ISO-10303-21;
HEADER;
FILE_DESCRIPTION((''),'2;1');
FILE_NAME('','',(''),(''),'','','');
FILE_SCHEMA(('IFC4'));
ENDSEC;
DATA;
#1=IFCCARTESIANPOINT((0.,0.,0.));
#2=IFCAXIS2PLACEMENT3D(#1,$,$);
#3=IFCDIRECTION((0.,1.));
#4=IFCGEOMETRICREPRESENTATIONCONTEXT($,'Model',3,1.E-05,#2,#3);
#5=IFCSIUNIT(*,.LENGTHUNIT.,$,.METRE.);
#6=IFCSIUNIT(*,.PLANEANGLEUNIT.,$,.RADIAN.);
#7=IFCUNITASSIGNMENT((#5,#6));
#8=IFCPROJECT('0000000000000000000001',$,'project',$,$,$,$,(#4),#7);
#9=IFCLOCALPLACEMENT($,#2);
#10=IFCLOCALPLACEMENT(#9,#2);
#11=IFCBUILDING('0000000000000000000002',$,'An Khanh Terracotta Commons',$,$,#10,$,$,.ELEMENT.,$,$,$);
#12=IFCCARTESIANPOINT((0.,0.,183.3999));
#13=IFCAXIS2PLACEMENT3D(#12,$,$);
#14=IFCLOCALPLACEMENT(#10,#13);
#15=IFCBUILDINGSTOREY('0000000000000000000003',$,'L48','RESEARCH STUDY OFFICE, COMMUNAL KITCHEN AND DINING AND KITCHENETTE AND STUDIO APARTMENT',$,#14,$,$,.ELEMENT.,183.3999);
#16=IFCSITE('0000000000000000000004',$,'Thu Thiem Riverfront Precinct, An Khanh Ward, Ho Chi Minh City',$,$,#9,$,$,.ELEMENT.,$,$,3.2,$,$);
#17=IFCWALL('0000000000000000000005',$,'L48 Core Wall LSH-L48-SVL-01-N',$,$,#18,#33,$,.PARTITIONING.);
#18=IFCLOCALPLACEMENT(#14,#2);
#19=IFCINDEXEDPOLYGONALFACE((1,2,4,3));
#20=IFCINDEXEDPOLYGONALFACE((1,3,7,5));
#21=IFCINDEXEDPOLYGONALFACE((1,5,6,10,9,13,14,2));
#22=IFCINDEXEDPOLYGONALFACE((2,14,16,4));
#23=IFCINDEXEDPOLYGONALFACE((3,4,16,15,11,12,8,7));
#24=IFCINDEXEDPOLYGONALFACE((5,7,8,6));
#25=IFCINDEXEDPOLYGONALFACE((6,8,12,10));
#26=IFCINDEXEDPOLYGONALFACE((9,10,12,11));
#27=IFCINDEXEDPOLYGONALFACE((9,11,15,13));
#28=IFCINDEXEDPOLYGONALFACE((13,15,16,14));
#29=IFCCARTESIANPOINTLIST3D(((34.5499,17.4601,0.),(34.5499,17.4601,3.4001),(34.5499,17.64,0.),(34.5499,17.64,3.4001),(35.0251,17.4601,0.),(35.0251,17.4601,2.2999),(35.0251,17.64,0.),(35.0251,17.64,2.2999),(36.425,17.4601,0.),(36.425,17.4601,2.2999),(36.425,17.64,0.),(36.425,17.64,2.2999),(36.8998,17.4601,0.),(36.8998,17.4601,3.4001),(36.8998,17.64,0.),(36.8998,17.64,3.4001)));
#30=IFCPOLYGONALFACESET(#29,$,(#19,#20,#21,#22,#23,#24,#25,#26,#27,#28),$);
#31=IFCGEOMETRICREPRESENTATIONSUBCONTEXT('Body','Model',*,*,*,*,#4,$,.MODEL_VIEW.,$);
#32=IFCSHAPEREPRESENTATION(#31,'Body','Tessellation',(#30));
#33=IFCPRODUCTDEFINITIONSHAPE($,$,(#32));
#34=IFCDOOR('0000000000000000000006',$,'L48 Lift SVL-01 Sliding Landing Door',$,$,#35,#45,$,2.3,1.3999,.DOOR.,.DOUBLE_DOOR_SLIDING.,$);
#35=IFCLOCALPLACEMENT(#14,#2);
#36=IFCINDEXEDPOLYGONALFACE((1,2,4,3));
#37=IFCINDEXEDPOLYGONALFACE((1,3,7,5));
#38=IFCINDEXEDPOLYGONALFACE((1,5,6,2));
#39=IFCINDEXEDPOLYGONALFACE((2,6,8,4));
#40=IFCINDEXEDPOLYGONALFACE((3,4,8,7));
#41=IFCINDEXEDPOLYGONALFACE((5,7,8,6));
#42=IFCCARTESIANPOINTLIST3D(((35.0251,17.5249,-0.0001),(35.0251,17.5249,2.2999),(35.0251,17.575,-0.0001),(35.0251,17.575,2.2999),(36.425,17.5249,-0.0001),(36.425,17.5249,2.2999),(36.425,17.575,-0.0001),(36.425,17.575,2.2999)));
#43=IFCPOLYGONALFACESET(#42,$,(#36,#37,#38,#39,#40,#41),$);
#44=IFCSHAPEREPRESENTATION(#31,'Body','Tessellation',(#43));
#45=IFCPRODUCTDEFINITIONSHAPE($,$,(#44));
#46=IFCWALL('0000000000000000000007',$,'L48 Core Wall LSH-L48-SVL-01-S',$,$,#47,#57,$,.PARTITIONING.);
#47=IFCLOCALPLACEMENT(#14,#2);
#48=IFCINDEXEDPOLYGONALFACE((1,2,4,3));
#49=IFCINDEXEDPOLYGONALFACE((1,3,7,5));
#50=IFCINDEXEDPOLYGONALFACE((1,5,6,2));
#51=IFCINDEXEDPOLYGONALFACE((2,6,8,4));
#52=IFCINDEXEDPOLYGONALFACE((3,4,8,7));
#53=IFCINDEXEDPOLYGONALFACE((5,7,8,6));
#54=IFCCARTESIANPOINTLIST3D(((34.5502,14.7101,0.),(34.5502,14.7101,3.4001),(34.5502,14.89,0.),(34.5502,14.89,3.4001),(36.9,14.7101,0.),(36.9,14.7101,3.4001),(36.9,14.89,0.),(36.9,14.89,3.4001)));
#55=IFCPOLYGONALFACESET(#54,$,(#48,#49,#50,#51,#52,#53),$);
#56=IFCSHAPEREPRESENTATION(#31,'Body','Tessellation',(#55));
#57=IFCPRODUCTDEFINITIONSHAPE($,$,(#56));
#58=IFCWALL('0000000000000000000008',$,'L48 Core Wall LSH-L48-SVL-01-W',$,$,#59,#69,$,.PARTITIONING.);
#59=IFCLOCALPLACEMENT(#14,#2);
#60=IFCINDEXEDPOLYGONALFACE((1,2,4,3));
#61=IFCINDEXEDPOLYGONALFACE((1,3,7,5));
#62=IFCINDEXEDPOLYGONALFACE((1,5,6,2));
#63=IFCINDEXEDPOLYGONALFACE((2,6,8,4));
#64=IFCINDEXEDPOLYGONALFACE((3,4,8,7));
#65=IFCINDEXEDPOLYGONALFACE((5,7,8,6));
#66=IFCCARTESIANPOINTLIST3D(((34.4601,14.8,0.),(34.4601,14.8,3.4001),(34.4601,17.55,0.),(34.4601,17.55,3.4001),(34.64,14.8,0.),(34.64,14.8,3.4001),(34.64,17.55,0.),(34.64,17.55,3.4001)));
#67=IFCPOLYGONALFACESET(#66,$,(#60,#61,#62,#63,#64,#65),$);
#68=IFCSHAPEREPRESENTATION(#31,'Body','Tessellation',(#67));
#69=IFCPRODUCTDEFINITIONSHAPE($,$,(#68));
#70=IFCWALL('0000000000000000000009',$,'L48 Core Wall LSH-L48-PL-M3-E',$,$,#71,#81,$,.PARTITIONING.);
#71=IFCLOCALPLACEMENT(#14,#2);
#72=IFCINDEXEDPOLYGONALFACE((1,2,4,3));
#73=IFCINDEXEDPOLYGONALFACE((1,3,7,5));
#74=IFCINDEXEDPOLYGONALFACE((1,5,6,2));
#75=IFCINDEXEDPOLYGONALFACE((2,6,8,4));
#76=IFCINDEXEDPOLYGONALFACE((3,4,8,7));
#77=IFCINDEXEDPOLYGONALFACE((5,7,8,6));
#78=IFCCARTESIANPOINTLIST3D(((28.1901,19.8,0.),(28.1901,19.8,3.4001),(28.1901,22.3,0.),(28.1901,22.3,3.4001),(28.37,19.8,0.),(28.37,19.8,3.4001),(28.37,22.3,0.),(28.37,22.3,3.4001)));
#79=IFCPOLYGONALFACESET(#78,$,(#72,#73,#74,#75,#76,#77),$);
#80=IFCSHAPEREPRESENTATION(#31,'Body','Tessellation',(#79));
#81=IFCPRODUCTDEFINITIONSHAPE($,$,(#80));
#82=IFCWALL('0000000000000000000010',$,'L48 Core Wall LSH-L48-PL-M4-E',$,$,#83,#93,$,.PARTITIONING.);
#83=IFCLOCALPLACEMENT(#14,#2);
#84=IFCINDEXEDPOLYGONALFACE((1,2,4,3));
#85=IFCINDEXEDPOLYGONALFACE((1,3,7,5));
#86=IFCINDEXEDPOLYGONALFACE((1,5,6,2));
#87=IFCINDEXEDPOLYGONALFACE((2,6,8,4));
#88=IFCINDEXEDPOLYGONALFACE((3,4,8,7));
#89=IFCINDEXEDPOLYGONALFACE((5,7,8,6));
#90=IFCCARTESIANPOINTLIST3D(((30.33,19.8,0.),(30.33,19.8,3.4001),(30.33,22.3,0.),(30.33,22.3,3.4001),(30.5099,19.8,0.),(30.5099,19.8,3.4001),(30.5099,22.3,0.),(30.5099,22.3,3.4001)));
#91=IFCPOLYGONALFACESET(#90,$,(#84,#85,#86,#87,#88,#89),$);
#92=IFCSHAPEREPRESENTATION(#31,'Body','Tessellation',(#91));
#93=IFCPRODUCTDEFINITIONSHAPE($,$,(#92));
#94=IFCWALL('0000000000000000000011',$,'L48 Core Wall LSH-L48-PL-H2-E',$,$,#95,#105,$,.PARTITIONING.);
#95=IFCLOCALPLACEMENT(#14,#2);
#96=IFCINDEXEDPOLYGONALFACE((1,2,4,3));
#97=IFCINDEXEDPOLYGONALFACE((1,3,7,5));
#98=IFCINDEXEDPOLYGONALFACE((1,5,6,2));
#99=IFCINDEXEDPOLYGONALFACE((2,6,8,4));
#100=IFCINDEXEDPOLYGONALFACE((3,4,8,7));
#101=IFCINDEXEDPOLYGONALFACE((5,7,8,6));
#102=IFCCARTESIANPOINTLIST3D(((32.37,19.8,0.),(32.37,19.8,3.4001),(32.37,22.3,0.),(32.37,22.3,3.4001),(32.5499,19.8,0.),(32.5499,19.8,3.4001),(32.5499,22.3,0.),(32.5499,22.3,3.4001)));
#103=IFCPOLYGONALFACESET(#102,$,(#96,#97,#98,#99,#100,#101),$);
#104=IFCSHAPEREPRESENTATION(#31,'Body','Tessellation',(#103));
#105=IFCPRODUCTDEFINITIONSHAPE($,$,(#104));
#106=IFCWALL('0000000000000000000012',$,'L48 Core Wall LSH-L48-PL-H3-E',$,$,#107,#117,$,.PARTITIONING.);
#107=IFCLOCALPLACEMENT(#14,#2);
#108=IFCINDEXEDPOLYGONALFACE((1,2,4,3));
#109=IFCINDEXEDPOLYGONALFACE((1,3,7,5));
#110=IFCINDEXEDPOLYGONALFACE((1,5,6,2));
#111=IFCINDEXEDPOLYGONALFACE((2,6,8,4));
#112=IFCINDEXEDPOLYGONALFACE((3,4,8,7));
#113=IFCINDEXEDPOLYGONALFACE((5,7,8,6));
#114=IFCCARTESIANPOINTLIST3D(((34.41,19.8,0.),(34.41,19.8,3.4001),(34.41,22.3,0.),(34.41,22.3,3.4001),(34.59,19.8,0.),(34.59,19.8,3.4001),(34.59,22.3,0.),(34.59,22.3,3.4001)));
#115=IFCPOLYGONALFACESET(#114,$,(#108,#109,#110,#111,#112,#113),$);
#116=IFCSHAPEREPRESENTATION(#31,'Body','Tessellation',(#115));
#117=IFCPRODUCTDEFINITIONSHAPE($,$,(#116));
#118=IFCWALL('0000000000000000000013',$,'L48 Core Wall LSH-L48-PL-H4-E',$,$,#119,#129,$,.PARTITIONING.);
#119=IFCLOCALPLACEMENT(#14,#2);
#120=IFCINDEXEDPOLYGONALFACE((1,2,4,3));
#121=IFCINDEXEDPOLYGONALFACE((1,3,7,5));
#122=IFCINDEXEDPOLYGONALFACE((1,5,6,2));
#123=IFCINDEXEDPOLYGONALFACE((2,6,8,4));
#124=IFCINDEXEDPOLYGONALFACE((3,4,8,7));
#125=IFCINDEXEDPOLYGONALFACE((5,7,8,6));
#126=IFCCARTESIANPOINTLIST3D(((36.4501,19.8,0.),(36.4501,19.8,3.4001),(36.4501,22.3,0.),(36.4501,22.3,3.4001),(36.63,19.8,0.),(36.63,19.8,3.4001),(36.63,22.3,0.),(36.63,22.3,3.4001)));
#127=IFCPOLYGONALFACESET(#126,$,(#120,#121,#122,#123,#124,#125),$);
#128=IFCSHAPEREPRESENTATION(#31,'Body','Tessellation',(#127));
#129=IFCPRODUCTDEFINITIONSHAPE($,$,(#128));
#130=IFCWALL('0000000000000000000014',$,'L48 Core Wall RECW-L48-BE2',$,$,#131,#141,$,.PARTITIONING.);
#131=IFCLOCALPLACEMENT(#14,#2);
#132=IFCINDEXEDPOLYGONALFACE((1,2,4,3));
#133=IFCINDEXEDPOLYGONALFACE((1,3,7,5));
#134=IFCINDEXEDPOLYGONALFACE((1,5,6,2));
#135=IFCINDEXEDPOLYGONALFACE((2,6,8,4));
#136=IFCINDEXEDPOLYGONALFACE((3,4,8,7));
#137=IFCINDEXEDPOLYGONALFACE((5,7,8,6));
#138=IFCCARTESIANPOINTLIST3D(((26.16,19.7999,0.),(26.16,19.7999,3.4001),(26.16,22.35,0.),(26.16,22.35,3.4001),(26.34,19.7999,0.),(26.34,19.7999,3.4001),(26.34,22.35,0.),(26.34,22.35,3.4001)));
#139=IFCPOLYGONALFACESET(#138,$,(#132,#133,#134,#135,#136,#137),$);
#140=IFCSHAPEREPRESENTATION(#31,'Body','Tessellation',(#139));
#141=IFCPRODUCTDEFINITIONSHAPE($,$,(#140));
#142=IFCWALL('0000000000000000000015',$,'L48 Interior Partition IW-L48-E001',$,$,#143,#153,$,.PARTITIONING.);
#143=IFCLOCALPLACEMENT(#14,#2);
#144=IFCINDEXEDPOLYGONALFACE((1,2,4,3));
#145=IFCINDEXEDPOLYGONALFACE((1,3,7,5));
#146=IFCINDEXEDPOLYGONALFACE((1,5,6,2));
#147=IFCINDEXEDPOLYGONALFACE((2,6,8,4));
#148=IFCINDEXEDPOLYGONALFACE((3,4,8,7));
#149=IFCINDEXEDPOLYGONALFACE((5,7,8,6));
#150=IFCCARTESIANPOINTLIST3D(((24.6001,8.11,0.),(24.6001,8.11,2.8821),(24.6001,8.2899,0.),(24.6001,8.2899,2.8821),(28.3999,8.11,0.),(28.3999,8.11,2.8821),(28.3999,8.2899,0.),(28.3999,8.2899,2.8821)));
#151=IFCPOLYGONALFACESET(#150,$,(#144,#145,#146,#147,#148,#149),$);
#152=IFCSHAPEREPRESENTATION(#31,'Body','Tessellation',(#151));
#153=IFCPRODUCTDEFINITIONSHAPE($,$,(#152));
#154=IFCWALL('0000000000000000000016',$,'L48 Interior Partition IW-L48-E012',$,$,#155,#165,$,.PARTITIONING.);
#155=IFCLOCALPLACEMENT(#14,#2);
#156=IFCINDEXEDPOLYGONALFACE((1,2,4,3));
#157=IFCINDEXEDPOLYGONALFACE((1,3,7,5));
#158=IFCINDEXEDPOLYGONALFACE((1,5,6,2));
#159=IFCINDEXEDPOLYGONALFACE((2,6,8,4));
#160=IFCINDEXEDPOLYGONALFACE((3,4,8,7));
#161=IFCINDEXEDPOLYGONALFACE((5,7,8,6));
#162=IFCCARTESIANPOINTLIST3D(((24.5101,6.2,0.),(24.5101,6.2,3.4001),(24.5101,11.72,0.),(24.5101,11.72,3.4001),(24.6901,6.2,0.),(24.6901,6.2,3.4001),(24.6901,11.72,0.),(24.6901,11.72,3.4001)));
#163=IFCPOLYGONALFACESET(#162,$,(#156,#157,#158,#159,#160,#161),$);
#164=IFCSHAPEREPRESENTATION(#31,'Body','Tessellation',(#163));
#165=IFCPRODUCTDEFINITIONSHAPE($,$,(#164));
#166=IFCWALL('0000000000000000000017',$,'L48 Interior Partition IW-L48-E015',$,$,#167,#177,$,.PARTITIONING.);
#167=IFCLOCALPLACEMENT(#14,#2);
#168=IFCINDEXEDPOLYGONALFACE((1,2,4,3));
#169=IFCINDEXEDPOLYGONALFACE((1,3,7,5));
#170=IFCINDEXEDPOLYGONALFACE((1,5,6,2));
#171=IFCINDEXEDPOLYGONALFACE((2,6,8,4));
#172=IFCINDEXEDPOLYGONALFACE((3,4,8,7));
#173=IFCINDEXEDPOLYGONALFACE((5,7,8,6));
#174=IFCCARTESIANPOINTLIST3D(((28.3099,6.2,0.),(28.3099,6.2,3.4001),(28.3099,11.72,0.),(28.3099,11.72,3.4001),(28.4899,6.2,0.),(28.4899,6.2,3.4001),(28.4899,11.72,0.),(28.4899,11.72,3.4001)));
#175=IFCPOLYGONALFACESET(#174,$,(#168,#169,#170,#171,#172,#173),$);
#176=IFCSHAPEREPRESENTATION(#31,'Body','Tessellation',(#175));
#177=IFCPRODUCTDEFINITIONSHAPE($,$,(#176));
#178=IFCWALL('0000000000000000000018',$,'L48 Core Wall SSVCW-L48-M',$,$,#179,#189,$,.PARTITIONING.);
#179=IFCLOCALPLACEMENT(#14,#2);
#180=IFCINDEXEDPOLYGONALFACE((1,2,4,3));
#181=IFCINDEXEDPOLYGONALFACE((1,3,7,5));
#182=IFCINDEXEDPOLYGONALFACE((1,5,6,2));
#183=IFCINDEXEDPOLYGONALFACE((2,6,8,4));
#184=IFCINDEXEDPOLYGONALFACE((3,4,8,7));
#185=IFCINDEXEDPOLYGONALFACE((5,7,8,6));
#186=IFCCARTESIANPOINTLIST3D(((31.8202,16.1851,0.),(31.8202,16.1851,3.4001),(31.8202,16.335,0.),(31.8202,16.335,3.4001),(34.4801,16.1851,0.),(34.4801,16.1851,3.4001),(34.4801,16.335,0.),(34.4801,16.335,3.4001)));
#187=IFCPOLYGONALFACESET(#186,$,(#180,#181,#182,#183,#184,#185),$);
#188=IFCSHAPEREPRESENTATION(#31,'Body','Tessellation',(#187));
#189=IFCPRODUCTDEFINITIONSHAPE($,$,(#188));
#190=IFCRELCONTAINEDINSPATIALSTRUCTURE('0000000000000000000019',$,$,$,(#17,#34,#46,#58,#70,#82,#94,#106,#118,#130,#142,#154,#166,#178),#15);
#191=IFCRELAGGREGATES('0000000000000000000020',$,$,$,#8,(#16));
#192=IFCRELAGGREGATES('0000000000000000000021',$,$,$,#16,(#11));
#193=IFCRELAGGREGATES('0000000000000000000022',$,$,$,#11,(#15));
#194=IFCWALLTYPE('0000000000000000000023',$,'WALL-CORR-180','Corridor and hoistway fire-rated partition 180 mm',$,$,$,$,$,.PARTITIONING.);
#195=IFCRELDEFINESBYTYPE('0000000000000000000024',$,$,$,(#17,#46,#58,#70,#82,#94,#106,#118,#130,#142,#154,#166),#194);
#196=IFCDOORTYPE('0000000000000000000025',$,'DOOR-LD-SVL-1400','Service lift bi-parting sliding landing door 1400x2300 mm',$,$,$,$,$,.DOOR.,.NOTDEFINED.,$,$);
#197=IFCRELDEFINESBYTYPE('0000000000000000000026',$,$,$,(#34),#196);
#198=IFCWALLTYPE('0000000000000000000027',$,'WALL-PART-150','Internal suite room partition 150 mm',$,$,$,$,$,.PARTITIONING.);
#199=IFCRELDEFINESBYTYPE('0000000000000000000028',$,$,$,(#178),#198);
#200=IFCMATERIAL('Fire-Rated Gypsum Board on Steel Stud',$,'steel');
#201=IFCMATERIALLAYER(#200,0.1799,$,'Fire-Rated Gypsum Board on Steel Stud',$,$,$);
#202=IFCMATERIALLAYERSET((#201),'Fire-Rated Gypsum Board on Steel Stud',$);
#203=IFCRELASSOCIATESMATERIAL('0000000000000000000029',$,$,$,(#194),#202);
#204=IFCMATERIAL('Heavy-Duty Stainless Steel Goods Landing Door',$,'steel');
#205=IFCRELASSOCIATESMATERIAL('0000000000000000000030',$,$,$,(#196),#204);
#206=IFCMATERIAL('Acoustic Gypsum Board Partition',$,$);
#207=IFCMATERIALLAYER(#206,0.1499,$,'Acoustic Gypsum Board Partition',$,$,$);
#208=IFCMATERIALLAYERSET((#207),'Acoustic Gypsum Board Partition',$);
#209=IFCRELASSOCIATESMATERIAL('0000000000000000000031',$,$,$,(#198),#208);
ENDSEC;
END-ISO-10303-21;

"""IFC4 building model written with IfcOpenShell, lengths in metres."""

from ifc_helpers import new_model, si_unit, direction, frame, frame_2d, origin, place, context, subcontext, project, spatial, rectangle, extrude, material, layer, layer_set, type_object, element, fill, save


model = new_model("IFC4")

# Units and contexts
model_context = context("Model", 3, precision=1e-05, world=origin(), true_north=direction((0.0, 1.0)))
body_context = subcontext(model_context, "Body", "Model", "MODEL_VIEW")
ifc_project = project(units=[si_unit("LENGTHUNIT", "METRE"), si_unit("PLANEANGLEUNIT", "RADIAN")], contexts=[model_context])

# Site, building, storey
site_placement = place(None, origin())
site = spatial("IfcSite", under=ifc_project, at=site_placement, Name="Thu Thiem Riverfront Precinct, An Khanh Ward, Ho Chi Minh City", CompositionType="ELEMENT", RefElevation=3.2)
building_placement = place(site_placement, origin())
building = spatial("IfcBuilding", under=site, at=building_placement, Name="An Khanh Terracotta Commons", CompositionType="ELEMENT")
storey_placement = place(building_placement, frame((0.0, 0.0, 183.3999)))
storey = spatial("IfcBuildingStorey", under=building, at=storey_placement, Name="L48", Description="RESEARCH STUDY OFFICE, COMMUNAL KITCHEN AND DINING AND KITCHENETTE AND STUDIO APARTMENT", CompositionType="ELEMENT", Elevation=183.3999)

# Wall, opening, door
ifc_material_1 = material(Name="Fire-Rated Gypsum Board on Steel Stud", Category="steel")
ifc_layer_1 = layer(ifc_material_1, 0.1799, Name="Fire-Rated Gypsum Board on Steel Stud")
ifc_layer_set_1 = layer_set([ifc_layer_1], Name="Fire-Rated Gypsum Board on Steel Stud")
wall_type_1 = type_object("IfcWallType", Name="WALL-CORR-180", Description="Corridor and hoistway fire-rated partition 180 mm", PredefinedType="PARTITIONING", material=ifc_layer_set_1)
wall_1_placement = place(storey_placement, frame((34.55, 17.55, 0.0), z_axis=(0.0, 0.0, 1.0), x_axis=(1.0, 0.0, 0.0)))
wall_1 = element("IfcWall", 1, at=wall_1_placement, inside=storey, type_object=wall_type_1, Name="L48 Core Wall LSH-L48-SVL-01-N", PredefinedType="PARTITIONING", context=body_context, shape_type="SweptSolid", body=[
    extrude(rectangle(XDim=2.3499, YDim=0.1799, at=frame_2d((1.1748, 0.0))), origin(), (0.0, 0.0, 1.0), 3.4001),
])
opening_1_placement = place(wall_1_placement, frame((0.4751, 0.0, 0.0)))
opening_1 = element("IfcOpeningElement", 2, at=opening_1_placement, cuts=wall_1, PredefinedType="OPENING", context=body_context, shape_type="SweptSolid", body=[
    extrude(rectangle(XDim=1.3999, YDim=2.3, at=frame_2d((0.7, 1.1499))), frame((0.0, 0.0999, 0.0), z_axis=(0.0, -1.0, 0.0), x_axis=(1.0, 0.0, 0.0)), (0.0, 0.0, 1.0), 0.2),
])
ifc_material_2 = material(Name="Heavy-Duty Stainless Steel Goods Landing Door", Category="steel")
door_type_1 = type_object("IfcDoorType", Name="DOOR-LD-SVL-1400", Description="Service lift bi-parting sliding landing door 1400x2300 mm", OperationType="NOTDEFINED", PredefinedType="DOOR", material=ifc_material_2)
door_1_placement = place(opening_1_placement, origin())
door_1 = element("IfcDoor", 3, at=door_1_placement, inside=storey, type_object=door_type_1, Name="L48 Lift SVL-01 Sliding Landing Door", OperationType="DOUBLE_DOOR_SLIDING", OverallHeight=2.3, OverallWidth=1.3999, PredefinedType="DOOR", context=body_context, shape_type="SweptSolid", body=[
    extrude(rectangle(XDim=1.3999, YDim=2.3, at=frame_2d((0.7, 1.1499))), frame((0.0, 0.0249, 0.0), z_axis=(0.0, -1.0, 0.0), x_axis=(1.0, 0.0, 0.0)), (0.0, 0.0, 1.0), 0.05),
])
fill(opening_1, door_1)

# Walls
wall_2_placement = place(storey_placement, frame((36.8999, 14.8, 0.0), z_axis=(0.0, 0.0, 1.0), x_axis=(-1.0, 0.0, 0.0)))
element("IfcWall", 4, at=wall_2_placement, inside=storey, type_object=wall_type_1, Name="L48 Core Wall LSH-L48-SVL-01-S", PredefinedType="PARTITIONING", context=body_context, shape_type="SweptSolid", body=[
    extrude(rectangle(XDim=2.3499, YDim=0.1799, at=frame_2d((1.1748, 0.0))), origin(), (0.0, 0.0, 1.0), 3.4001),
])
wall_3_placement = place(storey_placement, frame((34.55, 17.55, 0.0), z_axis=(0.0, 0.0, 1.0), x_axis=(0.0, -1.0, 0.0)))
element("IfcWall", 5, at=wall_3_placement, inside=storey, type_object=wall_type_1, Name="L48 Core Wall LSH-L48-SVL-01-W", PredefinedType="PARTITIONING", context=body_context, shape_type="SweptSolid", body=[
    extrude(rectangle(XDim=2.75, YDim=0.1799, at=frame_2d((1.375, 0.0))), origin(), (0.0, 0.0, 1.0), 3.4001),
])
for number, where, z_axis, x_axis, name in (
    (6, (28.28, 19.8, 0.0), (0.0, 0.0, 1.0), (0.0, 1.0, 0.0), "L48 Core Wall LSH-L48-PL-M3-E"),
    (7, (30.4199, 19.8, 0.0), (0.0, 0.0, 1.0), (0.0, 1.0, 0.0), "L48 Core Wall LSH-L48-PL-M4-E"),
    (8, (32.46, 19.8, 0.0), (0.0, 0.0, 1.0), (0.0, 1.0, 0.0), "L48 Core Wall LSH-L48-PL-H2-E"),
    (9, (34.5, 19.8, 0.0), (0.0, 0.0, 1.0), (0.0, 1.0, 0.0), "L48 Core Wall LSH-L48-PL-H3-E"),
    (10, (36.54, 19.8, 0.0), (0.0, 0.0, 1.0), (0.0, 1.0, 0.0), "L48 Core Wall LSH-L48-PL-H4-E"),
):
    element("IfcWall", number, at=place(storey_placement, frame(where, z_axis=z_axis, x_axis=x_axis)), inside=storey, type_object=wall_type_1, Name=name, PredefinedType="PARTITIONING", context=body_context, shape_type="SweptSolid", body=[
        extrude(rectangle(XDim=2.5, YDim=0.1799, at=frame_2d((1.25, 0.0))), origin(), (0.0, 0.0, 1.0), 3.4001),
    ])
wall_4_placement = place(storey_placement, frame((26.25, 19.8, 0.0), z_axis=(0.0, 0.0, 1.0), x_axis=(0.0, 1.0, 0.0)))
element("IfcWall", 11, at=wall_4_placement, inside=storey, type_object=wall_type_1, Name="L48 Core Wall RECW-L48-BE2", PredefinedType="PARTITIONING", context=body_context, shape_type="SweptSolid", body=[
    extrude(rectangle(XDim=2.55, YDim=0.1799, at=frame_2d((1.2749, 0.0))), origin(), (0.0, 0.0, 1.0), 3.4001),
])
wall_5_placement = place(storey_placement, frame((24.6001, 8.2, 0.0), z_axis=(0.0, 0.0, 1.0), x_axis=(1.0, 0.0, 0.0)))
element("IfcWall", 12, at=wall_5_placement, inside=storey, type_object=wall_type_1, Name="L48 Interior Partition IW-L48-E001", PredefinedType="PARTITIONING", context=body_context, shape_type="SweptSolid", body=[
    extrude(rectangle(XDim=3.7998, YDim=0.1799, at=frame_2d((1.8999, 0.0))), origin(), (0.0, 0.0, 1.0), 2.8821),
])
for number, where, z_axis, x_axis, name in (
    (13, (24.6001, 6.2, 0.0), (0.0, 0.0, 1.0), (0.0, 1.0, 0.0), "L48 Interior Partition IW-L48-E012"),
    (14, (28.3999, 6.2, 0.0), (0.0, 0.0, 1.0), (0.0, 1.0, 0.0), "L48 Interior Partition IW-L48-E015"),
):
    element("IfcWall", number, at=place(storey_placement, frame(where, z_axis=z_axis, x_axis=x_axis)), inside=storey, type_object=wall_type_1, Name=name, PredefinedType="PARTITIONING", context=body_context, shape_type="SweptSolid", body=[
        extrude(rectangle(XDim=5.52, YDim=0.1799, at=frame_2d((2.76, 0.0))), origin(), (0.0, 0.0, 1.0), 3.4001),
    ])
ifc_material_3 = material(Name="Acoustic Gypsum Board Partition")
ifc_layer_2 = layer(ifc_material_3, 0.1499, Name="Acoustic Gypsum Board Partition")
ifc_layer_set_2 = layer_set([ifc_layer_2], Name="Acoustic Gypsum Board Partition")
wall_type_2 = type_object("IfcWallType", Name="WALL-PART-150", Description="Internal suite room partition 150 mm", PredefinedType="PARTITIONING", material=ifc_layer_set_2)
wall_6_placement = place(storey_placement, frame((31.8201, 16.26, 0.0), z_axis=(0.0, 0.0, 1.0), x_axis=(1.0, 0.0, 0.0)))
element("IfcWall", 15, at=wall_6_placement, inside=storey, type_object=wall_type_2, Name="L48 Core Wall SSVCW-L48-M", PredefinedType="PARTITIONING", context=body_context, shape_type="SweptSolid", body=[
    extrude(rectangle(XDim=2.6599, YDim=0.1499, at=frame_2d((1.3301, 0.0))), origin(), (0.0, 0.0, 1.0), 3.4001),
])

save(model, "model.ifc")
